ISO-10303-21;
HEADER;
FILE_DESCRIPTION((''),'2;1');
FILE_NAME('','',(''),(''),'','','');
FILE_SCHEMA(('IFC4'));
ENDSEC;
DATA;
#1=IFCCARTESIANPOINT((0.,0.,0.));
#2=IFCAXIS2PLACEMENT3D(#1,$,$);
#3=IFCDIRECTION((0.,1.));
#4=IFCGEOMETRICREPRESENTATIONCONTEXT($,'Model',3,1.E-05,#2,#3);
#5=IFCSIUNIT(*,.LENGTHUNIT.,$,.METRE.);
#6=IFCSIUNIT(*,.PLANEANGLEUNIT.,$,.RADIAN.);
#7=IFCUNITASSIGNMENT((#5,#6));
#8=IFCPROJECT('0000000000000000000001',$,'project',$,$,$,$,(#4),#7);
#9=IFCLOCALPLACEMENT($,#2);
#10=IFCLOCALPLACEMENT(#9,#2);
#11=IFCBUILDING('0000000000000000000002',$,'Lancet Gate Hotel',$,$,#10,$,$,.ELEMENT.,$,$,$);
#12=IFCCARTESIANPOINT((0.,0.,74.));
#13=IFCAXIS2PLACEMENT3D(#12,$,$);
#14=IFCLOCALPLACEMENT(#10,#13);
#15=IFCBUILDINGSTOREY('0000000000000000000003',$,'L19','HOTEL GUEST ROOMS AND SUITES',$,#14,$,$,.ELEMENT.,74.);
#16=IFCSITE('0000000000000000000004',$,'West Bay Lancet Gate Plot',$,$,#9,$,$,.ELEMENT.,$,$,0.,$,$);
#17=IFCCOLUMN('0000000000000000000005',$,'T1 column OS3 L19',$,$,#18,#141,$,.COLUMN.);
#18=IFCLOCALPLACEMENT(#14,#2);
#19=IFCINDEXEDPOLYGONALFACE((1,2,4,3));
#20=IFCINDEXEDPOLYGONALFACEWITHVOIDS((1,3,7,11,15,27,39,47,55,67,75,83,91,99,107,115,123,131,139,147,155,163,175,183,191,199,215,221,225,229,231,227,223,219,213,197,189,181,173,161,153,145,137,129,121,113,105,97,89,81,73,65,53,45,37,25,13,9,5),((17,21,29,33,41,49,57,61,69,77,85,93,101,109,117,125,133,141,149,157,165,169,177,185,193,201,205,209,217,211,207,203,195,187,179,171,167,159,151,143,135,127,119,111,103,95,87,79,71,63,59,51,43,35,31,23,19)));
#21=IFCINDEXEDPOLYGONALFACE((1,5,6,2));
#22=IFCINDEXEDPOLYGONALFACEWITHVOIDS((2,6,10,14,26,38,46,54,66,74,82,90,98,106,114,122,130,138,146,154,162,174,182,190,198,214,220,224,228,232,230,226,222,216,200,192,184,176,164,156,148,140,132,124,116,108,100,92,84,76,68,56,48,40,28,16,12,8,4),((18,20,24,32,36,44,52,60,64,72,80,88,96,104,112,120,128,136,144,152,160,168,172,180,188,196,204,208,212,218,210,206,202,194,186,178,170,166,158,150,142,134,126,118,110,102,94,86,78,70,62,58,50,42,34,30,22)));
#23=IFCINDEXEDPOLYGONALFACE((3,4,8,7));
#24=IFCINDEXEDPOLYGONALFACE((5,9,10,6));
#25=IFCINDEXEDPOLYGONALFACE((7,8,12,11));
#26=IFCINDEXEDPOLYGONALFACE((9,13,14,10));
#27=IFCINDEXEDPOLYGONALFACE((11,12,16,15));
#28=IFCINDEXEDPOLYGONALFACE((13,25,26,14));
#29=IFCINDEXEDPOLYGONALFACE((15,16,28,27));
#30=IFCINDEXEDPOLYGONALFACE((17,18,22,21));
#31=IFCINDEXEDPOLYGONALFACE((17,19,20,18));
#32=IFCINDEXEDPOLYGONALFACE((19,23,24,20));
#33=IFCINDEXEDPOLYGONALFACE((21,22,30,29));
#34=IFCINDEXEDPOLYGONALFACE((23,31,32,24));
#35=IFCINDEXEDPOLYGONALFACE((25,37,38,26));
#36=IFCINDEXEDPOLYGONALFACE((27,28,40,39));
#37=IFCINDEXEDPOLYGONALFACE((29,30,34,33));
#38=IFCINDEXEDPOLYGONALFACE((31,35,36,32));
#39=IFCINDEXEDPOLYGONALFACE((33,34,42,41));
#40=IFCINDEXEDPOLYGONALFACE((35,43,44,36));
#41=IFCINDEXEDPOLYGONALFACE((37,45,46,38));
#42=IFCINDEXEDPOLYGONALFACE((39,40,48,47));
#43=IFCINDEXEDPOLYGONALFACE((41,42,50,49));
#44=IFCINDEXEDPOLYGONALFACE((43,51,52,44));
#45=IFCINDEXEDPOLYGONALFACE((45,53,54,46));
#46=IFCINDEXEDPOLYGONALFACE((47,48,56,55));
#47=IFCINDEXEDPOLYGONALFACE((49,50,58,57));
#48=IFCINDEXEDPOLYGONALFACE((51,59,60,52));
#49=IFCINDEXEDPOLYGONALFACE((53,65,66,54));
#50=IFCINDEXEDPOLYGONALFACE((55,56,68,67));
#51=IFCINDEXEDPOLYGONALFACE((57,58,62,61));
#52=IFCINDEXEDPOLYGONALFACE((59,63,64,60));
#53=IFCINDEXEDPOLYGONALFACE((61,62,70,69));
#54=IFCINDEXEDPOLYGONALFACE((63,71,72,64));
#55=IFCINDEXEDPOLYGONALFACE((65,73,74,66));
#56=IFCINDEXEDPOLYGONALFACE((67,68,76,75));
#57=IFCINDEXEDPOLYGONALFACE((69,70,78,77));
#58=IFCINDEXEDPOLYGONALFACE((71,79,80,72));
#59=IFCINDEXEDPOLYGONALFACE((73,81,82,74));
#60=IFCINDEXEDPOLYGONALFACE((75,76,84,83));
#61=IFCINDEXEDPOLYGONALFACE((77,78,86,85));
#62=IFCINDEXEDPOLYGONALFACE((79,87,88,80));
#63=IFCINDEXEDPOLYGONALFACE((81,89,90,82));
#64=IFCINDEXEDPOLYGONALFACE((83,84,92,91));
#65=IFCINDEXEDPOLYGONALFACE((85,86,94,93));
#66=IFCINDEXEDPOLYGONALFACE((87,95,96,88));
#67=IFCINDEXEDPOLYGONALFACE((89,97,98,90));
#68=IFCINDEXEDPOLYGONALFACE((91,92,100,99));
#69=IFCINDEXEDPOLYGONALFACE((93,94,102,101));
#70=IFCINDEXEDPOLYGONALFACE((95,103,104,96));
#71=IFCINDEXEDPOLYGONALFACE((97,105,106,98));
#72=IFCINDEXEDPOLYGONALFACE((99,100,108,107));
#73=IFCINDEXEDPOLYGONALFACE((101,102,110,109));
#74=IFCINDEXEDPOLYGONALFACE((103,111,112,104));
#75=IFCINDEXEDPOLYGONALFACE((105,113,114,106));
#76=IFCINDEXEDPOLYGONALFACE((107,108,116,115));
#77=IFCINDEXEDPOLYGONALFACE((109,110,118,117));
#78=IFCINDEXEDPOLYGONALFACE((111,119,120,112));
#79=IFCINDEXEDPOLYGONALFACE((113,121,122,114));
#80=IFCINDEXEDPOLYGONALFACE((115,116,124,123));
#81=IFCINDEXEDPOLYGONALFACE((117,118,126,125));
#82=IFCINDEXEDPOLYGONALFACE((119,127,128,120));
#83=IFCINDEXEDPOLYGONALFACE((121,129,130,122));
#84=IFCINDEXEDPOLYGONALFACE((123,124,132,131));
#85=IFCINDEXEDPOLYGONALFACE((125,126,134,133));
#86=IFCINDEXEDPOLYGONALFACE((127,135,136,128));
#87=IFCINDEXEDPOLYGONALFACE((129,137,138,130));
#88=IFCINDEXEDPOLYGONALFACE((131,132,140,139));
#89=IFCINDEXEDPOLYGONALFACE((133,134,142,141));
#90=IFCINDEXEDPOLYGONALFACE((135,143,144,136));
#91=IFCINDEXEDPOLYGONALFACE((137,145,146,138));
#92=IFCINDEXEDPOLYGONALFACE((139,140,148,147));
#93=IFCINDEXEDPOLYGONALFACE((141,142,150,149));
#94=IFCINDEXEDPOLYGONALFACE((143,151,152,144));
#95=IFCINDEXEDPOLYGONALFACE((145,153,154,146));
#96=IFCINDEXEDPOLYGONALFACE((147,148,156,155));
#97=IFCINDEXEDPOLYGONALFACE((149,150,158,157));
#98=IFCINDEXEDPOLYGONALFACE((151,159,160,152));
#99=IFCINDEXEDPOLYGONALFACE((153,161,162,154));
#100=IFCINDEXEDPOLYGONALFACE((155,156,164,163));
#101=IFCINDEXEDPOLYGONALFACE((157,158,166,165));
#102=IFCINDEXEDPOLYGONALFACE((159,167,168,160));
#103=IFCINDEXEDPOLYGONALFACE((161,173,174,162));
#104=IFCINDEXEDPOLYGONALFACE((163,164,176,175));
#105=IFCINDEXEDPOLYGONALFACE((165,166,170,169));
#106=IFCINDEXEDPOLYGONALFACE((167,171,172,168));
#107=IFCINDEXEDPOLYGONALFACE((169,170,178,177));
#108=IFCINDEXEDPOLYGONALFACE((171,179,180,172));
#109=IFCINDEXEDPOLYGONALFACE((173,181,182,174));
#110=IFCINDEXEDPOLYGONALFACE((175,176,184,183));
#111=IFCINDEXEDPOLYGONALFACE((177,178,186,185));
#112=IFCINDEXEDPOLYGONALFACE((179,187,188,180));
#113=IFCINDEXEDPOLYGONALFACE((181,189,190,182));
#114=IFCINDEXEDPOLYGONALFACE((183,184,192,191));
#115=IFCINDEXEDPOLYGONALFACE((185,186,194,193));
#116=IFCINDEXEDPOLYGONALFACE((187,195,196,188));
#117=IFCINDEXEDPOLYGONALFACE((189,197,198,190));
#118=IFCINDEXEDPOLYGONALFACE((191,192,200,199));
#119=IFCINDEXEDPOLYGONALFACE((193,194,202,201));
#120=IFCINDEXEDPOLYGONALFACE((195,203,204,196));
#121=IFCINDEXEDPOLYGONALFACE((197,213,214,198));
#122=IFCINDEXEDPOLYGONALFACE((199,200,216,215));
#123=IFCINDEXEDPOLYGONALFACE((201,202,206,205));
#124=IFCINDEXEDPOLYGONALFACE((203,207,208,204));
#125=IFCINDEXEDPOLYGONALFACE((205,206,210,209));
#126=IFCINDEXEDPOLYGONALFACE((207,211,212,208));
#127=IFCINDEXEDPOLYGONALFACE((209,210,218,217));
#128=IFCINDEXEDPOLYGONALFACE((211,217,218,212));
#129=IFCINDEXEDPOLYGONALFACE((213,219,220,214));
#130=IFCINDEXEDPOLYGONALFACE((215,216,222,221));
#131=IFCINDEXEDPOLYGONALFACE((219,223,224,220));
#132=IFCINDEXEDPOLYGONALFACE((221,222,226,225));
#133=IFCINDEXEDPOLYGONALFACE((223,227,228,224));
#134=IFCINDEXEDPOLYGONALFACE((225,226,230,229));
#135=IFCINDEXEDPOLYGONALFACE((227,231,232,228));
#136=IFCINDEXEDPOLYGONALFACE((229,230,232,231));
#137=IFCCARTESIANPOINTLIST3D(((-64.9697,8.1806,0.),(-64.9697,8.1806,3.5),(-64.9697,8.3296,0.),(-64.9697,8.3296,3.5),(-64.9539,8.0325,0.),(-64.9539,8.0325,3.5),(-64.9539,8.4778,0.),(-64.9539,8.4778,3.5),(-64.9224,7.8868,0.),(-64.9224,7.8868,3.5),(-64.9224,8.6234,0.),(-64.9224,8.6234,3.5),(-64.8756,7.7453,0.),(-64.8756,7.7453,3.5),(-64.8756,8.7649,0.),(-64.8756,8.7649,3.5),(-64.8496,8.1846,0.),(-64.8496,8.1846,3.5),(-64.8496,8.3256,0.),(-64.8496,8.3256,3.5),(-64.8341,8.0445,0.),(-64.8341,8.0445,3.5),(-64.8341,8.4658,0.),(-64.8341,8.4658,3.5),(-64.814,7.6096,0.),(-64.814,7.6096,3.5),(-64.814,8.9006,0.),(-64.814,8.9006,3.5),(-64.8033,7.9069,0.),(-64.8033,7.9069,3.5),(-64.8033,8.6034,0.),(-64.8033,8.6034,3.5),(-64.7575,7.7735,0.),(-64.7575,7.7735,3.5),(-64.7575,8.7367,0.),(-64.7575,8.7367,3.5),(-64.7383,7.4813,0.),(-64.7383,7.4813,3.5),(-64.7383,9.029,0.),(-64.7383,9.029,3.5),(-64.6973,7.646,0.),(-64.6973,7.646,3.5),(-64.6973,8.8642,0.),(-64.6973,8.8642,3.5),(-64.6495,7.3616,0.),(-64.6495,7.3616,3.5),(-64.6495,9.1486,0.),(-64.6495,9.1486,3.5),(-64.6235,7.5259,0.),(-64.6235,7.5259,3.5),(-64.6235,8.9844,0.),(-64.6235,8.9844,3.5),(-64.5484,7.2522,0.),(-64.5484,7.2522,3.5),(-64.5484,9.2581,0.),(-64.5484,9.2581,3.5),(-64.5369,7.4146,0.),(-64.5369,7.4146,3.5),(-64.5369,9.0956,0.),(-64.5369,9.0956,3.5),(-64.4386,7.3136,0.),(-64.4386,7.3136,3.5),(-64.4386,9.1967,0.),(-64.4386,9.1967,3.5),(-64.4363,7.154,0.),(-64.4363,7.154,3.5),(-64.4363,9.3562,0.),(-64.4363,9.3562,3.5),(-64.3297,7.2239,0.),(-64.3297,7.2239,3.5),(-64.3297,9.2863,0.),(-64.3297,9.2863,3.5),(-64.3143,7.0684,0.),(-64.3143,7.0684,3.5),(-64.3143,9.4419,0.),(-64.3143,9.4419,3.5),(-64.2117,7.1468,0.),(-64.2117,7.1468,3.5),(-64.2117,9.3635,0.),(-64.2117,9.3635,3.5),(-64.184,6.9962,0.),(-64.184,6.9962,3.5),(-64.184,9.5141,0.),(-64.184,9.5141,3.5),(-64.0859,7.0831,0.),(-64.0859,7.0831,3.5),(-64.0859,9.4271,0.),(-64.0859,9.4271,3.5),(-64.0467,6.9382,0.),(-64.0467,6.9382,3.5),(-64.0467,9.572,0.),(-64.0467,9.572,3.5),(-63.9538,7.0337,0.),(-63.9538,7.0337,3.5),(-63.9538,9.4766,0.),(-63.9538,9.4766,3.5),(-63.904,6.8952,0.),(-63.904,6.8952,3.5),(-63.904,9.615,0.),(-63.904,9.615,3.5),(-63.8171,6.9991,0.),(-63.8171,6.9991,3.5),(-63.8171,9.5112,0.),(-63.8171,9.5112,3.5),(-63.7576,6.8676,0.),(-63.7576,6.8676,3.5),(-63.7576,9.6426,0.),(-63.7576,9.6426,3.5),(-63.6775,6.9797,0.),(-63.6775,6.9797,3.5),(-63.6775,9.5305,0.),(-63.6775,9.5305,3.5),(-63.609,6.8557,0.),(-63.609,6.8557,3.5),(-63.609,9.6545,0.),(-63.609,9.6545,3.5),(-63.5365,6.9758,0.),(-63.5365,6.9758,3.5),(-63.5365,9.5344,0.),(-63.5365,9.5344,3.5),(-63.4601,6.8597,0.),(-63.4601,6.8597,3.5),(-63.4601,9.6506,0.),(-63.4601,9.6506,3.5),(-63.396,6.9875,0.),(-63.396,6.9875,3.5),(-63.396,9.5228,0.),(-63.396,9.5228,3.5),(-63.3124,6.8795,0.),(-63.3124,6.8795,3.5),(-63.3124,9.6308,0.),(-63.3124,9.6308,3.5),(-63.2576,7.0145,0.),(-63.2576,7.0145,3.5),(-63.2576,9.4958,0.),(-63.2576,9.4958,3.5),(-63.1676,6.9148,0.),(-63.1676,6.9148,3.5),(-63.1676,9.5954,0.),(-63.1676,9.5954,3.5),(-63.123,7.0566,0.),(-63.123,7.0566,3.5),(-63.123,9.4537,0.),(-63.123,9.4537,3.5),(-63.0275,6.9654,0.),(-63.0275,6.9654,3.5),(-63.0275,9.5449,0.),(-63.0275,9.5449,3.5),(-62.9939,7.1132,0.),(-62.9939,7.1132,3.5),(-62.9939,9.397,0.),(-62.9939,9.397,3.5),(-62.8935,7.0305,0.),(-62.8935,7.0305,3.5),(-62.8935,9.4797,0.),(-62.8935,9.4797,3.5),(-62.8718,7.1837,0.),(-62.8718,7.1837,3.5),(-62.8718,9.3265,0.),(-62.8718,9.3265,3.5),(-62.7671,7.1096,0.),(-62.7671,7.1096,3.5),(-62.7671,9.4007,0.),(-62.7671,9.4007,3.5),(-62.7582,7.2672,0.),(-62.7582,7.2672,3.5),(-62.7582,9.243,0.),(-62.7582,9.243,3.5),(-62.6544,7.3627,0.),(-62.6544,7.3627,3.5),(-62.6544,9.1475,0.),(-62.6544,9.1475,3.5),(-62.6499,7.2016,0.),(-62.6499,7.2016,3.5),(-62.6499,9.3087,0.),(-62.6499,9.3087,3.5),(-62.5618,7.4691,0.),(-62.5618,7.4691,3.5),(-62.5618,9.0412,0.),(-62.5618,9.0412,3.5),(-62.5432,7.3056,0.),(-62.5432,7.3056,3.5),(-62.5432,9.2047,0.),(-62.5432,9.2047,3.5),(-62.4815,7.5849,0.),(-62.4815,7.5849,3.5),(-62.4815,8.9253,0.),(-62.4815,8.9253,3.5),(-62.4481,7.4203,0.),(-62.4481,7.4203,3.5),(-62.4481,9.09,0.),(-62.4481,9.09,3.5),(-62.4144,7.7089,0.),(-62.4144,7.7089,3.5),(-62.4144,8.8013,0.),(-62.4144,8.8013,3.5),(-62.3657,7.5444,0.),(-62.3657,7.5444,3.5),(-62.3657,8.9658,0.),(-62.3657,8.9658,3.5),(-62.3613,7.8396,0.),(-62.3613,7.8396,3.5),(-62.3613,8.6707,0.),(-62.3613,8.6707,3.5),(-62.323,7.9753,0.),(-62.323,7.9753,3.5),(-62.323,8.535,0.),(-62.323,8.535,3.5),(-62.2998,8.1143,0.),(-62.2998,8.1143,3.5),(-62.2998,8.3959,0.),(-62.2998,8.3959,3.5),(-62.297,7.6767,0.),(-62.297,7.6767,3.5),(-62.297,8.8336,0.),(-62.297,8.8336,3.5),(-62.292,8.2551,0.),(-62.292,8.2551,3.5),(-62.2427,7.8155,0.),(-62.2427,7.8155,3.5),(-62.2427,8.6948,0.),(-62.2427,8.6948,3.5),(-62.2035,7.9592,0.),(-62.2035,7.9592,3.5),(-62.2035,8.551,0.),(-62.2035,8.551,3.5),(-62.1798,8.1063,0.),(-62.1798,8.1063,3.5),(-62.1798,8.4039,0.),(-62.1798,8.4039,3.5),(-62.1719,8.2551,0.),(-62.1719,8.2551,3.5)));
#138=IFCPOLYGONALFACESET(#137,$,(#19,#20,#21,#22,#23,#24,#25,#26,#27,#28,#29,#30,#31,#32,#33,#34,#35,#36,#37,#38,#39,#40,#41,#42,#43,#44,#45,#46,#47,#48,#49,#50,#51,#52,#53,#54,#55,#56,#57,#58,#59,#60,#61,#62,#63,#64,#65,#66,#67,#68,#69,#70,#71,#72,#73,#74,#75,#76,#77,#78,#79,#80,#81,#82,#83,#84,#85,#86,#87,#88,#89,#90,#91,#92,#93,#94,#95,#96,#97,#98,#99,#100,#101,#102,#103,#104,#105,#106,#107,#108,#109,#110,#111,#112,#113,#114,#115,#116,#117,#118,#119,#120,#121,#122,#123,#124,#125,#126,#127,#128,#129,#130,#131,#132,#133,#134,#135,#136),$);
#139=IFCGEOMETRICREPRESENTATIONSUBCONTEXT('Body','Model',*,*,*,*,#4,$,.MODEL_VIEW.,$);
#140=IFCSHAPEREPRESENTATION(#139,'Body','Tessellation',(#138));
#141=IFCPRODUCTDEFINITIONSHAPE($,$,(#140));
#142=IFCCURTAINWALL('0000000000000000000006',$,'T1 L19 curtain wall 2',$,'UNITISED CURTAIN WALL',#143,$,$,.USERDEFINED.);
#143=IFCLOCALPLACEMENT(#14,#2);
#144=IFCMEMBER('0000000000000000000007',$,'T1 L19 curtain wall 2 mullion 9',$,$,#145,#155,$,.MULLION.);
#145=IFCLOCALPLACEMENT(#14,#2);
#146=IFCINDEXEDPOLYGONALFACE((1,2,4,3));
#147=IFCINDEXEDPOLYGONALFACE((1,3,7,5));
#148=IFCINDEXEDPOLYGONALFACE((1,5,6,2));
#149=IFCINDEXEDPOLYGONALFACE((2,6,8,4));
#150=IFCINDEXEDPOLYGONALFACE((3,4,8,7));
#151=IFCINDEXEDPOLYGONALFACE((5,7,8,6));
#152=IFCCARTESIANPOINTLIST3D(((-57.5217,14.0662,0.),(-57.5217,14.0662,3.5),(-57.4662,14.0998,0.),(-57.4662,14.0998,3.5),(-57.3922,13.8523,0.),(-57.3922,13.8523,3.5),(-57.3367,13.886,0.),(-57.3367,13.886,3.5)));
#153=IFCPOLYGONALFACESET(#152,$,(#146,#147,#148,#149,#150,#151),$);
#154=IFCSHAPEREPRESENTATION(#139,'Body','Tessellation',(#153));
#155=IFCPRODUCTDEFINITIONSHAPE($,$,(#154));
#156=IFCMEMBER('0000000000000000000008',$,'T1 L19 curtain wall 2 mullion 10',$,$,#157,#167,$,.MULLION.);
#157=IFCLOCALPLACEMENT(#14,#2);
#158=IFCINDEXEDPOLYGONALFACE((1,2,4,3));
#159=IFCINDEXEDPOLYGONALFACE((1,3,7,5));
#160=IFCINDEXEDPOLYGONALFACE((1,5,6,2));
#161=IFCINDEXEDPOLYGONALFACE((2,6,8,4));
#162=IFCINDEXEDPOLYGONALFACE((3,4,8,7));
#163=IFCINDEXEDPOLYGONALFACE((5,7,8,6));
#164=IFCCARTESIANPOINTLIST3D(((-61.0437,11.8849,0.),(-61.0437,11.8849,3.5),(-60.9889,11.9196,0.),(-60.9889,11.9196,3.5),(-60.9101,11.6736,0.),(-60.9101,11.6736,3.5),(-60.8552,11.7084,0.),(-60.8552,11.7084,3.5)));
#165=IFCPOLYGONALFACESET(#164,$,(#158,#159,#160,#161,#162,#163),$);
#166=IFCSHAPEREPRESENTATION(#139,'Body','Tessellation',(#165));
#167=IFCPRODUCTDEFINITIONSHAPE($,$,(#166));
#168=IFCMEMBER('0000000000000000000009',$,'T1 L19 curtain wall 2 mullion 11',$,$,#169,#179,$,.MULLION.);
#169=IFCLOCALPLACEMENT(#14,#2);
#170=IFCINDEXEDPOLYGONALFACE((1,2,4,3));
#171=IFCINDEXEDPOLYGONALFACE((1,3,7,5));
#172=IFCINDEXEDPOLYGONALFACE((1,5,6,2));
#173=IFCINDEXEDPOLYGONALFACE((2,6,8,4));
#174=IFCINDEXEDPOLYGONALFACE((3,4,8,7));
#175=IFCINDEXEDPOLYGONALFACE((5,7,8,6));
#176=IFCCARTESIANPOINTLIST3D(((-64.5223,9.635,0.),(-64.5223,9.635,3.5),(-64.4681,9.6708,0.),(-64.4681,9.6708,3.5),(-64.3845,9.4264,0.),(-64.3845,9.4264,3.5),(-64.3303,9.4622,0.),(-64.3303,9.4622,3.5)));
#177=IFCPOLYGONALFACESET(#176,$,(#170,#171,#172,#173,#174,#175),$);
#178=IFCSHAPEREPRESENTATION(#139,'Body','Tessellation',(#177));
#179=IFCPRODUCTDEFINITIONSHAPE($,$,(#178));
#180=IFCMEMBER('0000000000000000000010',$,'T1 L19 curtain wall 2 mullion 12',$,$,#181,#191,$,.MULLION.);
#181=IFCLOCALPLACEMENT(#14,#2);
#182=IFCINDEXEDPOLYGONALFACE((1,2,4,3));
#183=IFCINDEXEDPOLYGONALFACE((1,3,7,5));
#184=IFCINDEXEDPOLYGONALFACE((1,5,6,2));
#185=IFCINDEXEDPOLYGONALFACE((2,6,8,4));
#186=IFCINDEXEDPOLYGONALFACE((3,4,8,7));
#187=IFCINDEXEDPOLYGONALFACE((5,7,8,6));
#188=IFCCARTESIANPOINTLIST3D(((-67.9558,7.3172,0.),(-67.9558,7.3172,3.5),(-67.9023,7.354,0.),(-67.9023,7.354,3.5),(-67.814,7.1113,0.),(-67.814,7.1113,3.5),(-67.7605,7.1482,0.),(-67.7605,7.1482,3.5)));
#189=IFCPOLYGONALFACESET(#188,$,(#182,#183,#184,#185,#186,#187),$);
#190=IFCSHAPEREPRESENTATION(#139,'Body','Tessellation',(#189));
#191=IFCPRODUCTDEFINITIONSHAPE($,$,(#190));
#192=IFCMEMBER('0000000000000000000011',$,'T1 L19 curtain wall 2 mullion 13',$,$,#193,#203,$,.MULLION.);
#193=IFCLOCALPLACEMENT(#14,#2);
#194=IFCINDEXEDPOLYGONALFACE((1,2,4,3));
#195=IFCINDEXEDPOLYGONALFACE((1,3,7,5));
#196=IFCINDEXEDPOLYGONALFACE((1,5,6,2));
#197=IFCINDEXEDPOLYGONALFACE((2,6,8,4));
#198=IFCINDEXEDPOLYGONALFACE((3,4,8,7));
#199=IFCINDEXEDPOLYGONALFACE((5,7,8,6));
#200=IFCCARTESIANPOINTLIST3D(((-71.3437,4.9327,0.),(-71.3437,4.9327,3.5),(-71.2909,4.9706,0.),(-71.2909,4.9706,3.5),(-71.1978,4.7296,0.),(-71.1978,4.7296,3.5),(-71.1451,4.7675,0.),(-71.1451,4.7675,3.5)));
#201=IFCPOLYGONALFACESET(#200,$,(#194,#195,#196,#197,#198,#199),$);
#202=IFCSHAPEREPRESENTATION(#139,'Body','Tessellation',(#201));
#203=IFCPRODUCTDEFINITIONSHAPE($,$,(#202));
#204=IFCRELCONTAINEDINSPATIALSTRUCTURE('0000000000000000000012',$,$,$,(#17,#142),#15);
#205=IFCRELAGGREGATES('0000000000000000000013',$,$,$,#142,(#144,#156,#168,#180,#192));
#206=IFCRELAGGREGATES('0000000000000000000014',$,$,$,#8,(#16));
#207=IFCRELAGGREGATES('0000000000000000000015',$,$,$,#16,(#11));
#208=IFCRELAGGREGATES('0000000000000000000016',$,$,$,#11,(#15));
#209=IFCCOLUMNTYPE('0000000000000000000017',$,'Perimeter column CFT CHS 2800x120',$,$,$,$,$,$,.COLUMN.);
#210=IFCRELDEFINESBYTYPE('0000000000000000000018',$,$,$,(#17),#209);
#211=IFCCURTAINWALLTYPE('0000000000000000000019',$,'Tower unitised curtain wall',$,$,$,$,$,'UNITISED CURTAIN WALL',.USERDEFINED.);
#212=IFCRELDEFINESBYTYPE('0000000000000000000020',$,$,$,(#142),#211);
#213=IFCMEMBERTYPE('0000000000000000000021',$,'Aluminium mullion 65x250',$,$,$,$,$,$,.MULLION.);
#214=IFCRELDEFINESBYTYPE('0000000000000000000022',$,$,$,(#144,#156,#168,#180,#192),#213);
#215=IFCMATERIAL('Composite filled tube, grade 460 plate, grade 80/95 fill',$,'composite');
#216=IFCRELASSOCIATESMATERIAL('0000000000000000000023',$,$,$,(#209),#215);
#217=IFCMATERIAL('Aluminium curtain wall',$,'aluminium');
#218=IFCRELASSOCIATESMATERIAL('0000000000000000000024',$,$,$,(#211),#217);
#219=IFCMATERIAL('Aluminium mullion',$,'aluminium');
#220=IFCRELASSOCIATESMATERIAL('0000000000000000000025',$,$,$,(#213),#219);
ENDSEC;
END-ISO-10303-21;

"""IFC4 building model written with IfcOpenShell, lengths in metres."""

from ifc_helpers import new_model, si_unit, direction, frame, origin, origin_2d, place, context, subcontext, project, spatial, rectangle, hollow_circle, extrude, material, material_profile, profile_set, type_object, element, aggregate, save


model = new_model("IFC4")

# Units and contexts
model_context = context("Model", 3, precision=1e-05, world=origin(), true_north=direction((0.0, 1.0)))
body_context = subcontext(model_context, "Body", "Model", "MODEL_VIEW")
ifc_project = project(units=[si_unit("LENGTHUNIT", "METRE"), si_unit("PLANEANGLEUNIT", "RADIAN")], contexts=[model_context])

# Site, building, storey
site_placement = place(None, origin())
site = spatial("IfcSite", under=ifc_project, at=site_placement, Name="West Bay Lancet Gate Plot", CompositionType="ELEMENT", RefElevation=0.0)
building_placement = place(site_placement, origin())
building = spatial("IfcBuilding", under=site, at=building_placement, Name="Lancet Gate Hotel", CompositionType="ELEMENT")
storey_placement = place(building_placement, frame((0.0, 0.0, 74.0)))
storey = spatial("IfcBuildingStorey", under=building, at=storey_placement, Name="L19", Description="HOTEL GUEST ROOMS AND SUITES", CompositionType="ELEMENT", Elevation=74.0)

# Column
ifc_material_1 = material(Name="Composite filled tube, grade 460 plate, grade 80/95 fill", Category="composite")
ifc_material_profile_1 = material_profile(ifc_material_1, hollow_circle(Radius=1.3999, WallThickness=0.1201, at=origin_2d()), Name="CHS 2800x120")
ifc_profile_set_1 = profile_set([ifc_material_profile_1], Name="Composite filled tube, grade 460 plate, grade 80/95 fill")
column_type_1 = type_object("IfcColumnType", Name="Perimeter column CFT CHS 2800x120", PredefinedType="COLUMN", material=ifc_profile_set_1)
column_1_placement = place(storey_placement, frame((-63.5718, 8.2551, 0.0), z_axis=(0.0, 0.0, 1.0), x_axis=(1.0, 0.0, 0.0)))
element("IfcColumn", 1, at=column_1_placement, inside=storey, type_object=column_type_1, Name="T1 column OS3 L19", PredefinedType="COLUMN", context=body_context, shape_type="SweptSolid", body=[
    extrude(hollow_circle(Radius=1.3999, WallThickness=0.1201, at=origin_2d()), origin(), (0.0, 0.0, 1.0), 3.5),
])

# Curtain wall, members
ifc_material_2 = material(Name="Aluminium curtain wall", Category="aluminium")
curtain_wall_type = type_object("IfcCurtainWallType", Name="Tower unitised curtain wall", ElementType="UNITISED CURTAIN WALL", PredefinedType="USERDEFINED", material=ifc_material_2)
curtain_wall_placement = place(storey_placement, origin())
curtain_wall = element("IfcCurtainWall", 2, at=curtain_wall_placement, inside=storey, type_object=curtain_wall_type, Name="T1 L19 curtain wall 2", ObjectType="UNITISED CURTAIN WALL", PredefinedType="USERDEFINED")
ifc_material_3 = material(Name="Aluminium mullion", Category="aluminium")
ifc_material_profile_2 = material_profile(ifc_material_3, rectangle(XDim=0.0649, YDim=0.25, at=origin_2d()), Name="MULLION 65x250")
ifc_profile_set_2 = profile_set([ifc_material_profile_2], Name="Aluminium mullion")
member_type_1 = type_object("IfcMemberType", Name="Aluminium mullion 65x250", PredefinedType="MULLION", material=ifc_profile_set_2)
member_1_placement = place(storey_placement, frame((-57.4292, 13.9761, 0.0), z_axis=(0.0, 0.0, 1.0), x_axis=(-0.855346, -0.518057, 0.0)))
member_1 = element("IfcMember", 3, at=member_1_placement, type_object=member_type_1, Name="T1 L19 curtain wall 2 mullion 9", PredefinedType="MULLION", context=body_context, shape_type="SweptSolid", body=[
    extrude(rectangle(XDim=0.0649, YDim=0.25, at=origin_2d()), origin(), (0.0, 0.0, 1.0), 3.5),
])
member_2_placement = place(storey_placement, frame((-60.9495, 11.7966, 0.0), z_axis=(0.0, 0.0, 1.0), x_axis=(-0.845029, -0.53472, 0.0)))
member_2 = element("IfcMember", 4, at=member_2_placement, type_object=member_type_1, Name="T1 L19 curtain wall 2 mullion 10", PredefinedType="MULLION", context=body_context, shape_type="SweptSolid", body=[
    extrude(rectangle(XDim=0.0649, YDim=0.25, at=origin_2d()), origin(), (0.0, 0.0, 1.0), 3.5),
])
member_3_placement = place(storey_placement, frame((-64.4263, 9.5486, 0.0), z_axis=(0.0, 0.0, 1.0), x_axis=(-0.834387, -0.551178, 0.0)))
member_3 = element("IfcMember", 5, at=member_3_placement, type_object=member_type_1, Name="T1 L19 curtain wall 2 mullion 11", PredefinedType="MULLION", context=body_context, shape_type="SweptSolid", body=[
    extrude(rectangle(XDim=0.0649, YDim=0.25, at=origin_2d()), origin(), (0.0, 0.0, 1.0), 3.5),
])
member_4_placement = place(storey_placement, frame((-67.8582, 7.2327, 0.0), z_axis=(0.0, 0.0, 1.0), x_axis=(-0.823425, -0.567425, 0.0)))
member_4 = element("IfcMember", 6, at=member_4_placement, type_object=member_type_1, Name="T1 L19 curtain wall 2 mullion 12", PredefinedType="MULLION", context=body_context, shape_type="SweptSolid", body=[
    extrude(rectangle(XDim=0.0649, YDim=0.25, at=origin_2d()), origin(), (0.0, 0.0, 1.0), 3.5),
])
member_5_placement = place(storey_placement, frame((-71.2444, 4.8501, 0.0), z_axis=(0.0, 0.0, 1.0), x_axis=(-0.812147, -0.583453, 0.0)))
member_5 = element("IfcMember", 7, at=member_5_placement, type_object=member_type_1, Name="T1 L19 curtain wall 2 mullion 13", PredefinedType="MULLION", context=body_context, shape_type="SweptSolid", body=[
    extrude(rectangle(XDim=0.0649, YDim=0.25, at=origin_2d()), origin(), (0.0, 0.0, 1.0), 3.5),
])

aggregate(curtain_wall, [member_1, member_2, member_3, member_4, member_5])

save(model, "model.ifc")
